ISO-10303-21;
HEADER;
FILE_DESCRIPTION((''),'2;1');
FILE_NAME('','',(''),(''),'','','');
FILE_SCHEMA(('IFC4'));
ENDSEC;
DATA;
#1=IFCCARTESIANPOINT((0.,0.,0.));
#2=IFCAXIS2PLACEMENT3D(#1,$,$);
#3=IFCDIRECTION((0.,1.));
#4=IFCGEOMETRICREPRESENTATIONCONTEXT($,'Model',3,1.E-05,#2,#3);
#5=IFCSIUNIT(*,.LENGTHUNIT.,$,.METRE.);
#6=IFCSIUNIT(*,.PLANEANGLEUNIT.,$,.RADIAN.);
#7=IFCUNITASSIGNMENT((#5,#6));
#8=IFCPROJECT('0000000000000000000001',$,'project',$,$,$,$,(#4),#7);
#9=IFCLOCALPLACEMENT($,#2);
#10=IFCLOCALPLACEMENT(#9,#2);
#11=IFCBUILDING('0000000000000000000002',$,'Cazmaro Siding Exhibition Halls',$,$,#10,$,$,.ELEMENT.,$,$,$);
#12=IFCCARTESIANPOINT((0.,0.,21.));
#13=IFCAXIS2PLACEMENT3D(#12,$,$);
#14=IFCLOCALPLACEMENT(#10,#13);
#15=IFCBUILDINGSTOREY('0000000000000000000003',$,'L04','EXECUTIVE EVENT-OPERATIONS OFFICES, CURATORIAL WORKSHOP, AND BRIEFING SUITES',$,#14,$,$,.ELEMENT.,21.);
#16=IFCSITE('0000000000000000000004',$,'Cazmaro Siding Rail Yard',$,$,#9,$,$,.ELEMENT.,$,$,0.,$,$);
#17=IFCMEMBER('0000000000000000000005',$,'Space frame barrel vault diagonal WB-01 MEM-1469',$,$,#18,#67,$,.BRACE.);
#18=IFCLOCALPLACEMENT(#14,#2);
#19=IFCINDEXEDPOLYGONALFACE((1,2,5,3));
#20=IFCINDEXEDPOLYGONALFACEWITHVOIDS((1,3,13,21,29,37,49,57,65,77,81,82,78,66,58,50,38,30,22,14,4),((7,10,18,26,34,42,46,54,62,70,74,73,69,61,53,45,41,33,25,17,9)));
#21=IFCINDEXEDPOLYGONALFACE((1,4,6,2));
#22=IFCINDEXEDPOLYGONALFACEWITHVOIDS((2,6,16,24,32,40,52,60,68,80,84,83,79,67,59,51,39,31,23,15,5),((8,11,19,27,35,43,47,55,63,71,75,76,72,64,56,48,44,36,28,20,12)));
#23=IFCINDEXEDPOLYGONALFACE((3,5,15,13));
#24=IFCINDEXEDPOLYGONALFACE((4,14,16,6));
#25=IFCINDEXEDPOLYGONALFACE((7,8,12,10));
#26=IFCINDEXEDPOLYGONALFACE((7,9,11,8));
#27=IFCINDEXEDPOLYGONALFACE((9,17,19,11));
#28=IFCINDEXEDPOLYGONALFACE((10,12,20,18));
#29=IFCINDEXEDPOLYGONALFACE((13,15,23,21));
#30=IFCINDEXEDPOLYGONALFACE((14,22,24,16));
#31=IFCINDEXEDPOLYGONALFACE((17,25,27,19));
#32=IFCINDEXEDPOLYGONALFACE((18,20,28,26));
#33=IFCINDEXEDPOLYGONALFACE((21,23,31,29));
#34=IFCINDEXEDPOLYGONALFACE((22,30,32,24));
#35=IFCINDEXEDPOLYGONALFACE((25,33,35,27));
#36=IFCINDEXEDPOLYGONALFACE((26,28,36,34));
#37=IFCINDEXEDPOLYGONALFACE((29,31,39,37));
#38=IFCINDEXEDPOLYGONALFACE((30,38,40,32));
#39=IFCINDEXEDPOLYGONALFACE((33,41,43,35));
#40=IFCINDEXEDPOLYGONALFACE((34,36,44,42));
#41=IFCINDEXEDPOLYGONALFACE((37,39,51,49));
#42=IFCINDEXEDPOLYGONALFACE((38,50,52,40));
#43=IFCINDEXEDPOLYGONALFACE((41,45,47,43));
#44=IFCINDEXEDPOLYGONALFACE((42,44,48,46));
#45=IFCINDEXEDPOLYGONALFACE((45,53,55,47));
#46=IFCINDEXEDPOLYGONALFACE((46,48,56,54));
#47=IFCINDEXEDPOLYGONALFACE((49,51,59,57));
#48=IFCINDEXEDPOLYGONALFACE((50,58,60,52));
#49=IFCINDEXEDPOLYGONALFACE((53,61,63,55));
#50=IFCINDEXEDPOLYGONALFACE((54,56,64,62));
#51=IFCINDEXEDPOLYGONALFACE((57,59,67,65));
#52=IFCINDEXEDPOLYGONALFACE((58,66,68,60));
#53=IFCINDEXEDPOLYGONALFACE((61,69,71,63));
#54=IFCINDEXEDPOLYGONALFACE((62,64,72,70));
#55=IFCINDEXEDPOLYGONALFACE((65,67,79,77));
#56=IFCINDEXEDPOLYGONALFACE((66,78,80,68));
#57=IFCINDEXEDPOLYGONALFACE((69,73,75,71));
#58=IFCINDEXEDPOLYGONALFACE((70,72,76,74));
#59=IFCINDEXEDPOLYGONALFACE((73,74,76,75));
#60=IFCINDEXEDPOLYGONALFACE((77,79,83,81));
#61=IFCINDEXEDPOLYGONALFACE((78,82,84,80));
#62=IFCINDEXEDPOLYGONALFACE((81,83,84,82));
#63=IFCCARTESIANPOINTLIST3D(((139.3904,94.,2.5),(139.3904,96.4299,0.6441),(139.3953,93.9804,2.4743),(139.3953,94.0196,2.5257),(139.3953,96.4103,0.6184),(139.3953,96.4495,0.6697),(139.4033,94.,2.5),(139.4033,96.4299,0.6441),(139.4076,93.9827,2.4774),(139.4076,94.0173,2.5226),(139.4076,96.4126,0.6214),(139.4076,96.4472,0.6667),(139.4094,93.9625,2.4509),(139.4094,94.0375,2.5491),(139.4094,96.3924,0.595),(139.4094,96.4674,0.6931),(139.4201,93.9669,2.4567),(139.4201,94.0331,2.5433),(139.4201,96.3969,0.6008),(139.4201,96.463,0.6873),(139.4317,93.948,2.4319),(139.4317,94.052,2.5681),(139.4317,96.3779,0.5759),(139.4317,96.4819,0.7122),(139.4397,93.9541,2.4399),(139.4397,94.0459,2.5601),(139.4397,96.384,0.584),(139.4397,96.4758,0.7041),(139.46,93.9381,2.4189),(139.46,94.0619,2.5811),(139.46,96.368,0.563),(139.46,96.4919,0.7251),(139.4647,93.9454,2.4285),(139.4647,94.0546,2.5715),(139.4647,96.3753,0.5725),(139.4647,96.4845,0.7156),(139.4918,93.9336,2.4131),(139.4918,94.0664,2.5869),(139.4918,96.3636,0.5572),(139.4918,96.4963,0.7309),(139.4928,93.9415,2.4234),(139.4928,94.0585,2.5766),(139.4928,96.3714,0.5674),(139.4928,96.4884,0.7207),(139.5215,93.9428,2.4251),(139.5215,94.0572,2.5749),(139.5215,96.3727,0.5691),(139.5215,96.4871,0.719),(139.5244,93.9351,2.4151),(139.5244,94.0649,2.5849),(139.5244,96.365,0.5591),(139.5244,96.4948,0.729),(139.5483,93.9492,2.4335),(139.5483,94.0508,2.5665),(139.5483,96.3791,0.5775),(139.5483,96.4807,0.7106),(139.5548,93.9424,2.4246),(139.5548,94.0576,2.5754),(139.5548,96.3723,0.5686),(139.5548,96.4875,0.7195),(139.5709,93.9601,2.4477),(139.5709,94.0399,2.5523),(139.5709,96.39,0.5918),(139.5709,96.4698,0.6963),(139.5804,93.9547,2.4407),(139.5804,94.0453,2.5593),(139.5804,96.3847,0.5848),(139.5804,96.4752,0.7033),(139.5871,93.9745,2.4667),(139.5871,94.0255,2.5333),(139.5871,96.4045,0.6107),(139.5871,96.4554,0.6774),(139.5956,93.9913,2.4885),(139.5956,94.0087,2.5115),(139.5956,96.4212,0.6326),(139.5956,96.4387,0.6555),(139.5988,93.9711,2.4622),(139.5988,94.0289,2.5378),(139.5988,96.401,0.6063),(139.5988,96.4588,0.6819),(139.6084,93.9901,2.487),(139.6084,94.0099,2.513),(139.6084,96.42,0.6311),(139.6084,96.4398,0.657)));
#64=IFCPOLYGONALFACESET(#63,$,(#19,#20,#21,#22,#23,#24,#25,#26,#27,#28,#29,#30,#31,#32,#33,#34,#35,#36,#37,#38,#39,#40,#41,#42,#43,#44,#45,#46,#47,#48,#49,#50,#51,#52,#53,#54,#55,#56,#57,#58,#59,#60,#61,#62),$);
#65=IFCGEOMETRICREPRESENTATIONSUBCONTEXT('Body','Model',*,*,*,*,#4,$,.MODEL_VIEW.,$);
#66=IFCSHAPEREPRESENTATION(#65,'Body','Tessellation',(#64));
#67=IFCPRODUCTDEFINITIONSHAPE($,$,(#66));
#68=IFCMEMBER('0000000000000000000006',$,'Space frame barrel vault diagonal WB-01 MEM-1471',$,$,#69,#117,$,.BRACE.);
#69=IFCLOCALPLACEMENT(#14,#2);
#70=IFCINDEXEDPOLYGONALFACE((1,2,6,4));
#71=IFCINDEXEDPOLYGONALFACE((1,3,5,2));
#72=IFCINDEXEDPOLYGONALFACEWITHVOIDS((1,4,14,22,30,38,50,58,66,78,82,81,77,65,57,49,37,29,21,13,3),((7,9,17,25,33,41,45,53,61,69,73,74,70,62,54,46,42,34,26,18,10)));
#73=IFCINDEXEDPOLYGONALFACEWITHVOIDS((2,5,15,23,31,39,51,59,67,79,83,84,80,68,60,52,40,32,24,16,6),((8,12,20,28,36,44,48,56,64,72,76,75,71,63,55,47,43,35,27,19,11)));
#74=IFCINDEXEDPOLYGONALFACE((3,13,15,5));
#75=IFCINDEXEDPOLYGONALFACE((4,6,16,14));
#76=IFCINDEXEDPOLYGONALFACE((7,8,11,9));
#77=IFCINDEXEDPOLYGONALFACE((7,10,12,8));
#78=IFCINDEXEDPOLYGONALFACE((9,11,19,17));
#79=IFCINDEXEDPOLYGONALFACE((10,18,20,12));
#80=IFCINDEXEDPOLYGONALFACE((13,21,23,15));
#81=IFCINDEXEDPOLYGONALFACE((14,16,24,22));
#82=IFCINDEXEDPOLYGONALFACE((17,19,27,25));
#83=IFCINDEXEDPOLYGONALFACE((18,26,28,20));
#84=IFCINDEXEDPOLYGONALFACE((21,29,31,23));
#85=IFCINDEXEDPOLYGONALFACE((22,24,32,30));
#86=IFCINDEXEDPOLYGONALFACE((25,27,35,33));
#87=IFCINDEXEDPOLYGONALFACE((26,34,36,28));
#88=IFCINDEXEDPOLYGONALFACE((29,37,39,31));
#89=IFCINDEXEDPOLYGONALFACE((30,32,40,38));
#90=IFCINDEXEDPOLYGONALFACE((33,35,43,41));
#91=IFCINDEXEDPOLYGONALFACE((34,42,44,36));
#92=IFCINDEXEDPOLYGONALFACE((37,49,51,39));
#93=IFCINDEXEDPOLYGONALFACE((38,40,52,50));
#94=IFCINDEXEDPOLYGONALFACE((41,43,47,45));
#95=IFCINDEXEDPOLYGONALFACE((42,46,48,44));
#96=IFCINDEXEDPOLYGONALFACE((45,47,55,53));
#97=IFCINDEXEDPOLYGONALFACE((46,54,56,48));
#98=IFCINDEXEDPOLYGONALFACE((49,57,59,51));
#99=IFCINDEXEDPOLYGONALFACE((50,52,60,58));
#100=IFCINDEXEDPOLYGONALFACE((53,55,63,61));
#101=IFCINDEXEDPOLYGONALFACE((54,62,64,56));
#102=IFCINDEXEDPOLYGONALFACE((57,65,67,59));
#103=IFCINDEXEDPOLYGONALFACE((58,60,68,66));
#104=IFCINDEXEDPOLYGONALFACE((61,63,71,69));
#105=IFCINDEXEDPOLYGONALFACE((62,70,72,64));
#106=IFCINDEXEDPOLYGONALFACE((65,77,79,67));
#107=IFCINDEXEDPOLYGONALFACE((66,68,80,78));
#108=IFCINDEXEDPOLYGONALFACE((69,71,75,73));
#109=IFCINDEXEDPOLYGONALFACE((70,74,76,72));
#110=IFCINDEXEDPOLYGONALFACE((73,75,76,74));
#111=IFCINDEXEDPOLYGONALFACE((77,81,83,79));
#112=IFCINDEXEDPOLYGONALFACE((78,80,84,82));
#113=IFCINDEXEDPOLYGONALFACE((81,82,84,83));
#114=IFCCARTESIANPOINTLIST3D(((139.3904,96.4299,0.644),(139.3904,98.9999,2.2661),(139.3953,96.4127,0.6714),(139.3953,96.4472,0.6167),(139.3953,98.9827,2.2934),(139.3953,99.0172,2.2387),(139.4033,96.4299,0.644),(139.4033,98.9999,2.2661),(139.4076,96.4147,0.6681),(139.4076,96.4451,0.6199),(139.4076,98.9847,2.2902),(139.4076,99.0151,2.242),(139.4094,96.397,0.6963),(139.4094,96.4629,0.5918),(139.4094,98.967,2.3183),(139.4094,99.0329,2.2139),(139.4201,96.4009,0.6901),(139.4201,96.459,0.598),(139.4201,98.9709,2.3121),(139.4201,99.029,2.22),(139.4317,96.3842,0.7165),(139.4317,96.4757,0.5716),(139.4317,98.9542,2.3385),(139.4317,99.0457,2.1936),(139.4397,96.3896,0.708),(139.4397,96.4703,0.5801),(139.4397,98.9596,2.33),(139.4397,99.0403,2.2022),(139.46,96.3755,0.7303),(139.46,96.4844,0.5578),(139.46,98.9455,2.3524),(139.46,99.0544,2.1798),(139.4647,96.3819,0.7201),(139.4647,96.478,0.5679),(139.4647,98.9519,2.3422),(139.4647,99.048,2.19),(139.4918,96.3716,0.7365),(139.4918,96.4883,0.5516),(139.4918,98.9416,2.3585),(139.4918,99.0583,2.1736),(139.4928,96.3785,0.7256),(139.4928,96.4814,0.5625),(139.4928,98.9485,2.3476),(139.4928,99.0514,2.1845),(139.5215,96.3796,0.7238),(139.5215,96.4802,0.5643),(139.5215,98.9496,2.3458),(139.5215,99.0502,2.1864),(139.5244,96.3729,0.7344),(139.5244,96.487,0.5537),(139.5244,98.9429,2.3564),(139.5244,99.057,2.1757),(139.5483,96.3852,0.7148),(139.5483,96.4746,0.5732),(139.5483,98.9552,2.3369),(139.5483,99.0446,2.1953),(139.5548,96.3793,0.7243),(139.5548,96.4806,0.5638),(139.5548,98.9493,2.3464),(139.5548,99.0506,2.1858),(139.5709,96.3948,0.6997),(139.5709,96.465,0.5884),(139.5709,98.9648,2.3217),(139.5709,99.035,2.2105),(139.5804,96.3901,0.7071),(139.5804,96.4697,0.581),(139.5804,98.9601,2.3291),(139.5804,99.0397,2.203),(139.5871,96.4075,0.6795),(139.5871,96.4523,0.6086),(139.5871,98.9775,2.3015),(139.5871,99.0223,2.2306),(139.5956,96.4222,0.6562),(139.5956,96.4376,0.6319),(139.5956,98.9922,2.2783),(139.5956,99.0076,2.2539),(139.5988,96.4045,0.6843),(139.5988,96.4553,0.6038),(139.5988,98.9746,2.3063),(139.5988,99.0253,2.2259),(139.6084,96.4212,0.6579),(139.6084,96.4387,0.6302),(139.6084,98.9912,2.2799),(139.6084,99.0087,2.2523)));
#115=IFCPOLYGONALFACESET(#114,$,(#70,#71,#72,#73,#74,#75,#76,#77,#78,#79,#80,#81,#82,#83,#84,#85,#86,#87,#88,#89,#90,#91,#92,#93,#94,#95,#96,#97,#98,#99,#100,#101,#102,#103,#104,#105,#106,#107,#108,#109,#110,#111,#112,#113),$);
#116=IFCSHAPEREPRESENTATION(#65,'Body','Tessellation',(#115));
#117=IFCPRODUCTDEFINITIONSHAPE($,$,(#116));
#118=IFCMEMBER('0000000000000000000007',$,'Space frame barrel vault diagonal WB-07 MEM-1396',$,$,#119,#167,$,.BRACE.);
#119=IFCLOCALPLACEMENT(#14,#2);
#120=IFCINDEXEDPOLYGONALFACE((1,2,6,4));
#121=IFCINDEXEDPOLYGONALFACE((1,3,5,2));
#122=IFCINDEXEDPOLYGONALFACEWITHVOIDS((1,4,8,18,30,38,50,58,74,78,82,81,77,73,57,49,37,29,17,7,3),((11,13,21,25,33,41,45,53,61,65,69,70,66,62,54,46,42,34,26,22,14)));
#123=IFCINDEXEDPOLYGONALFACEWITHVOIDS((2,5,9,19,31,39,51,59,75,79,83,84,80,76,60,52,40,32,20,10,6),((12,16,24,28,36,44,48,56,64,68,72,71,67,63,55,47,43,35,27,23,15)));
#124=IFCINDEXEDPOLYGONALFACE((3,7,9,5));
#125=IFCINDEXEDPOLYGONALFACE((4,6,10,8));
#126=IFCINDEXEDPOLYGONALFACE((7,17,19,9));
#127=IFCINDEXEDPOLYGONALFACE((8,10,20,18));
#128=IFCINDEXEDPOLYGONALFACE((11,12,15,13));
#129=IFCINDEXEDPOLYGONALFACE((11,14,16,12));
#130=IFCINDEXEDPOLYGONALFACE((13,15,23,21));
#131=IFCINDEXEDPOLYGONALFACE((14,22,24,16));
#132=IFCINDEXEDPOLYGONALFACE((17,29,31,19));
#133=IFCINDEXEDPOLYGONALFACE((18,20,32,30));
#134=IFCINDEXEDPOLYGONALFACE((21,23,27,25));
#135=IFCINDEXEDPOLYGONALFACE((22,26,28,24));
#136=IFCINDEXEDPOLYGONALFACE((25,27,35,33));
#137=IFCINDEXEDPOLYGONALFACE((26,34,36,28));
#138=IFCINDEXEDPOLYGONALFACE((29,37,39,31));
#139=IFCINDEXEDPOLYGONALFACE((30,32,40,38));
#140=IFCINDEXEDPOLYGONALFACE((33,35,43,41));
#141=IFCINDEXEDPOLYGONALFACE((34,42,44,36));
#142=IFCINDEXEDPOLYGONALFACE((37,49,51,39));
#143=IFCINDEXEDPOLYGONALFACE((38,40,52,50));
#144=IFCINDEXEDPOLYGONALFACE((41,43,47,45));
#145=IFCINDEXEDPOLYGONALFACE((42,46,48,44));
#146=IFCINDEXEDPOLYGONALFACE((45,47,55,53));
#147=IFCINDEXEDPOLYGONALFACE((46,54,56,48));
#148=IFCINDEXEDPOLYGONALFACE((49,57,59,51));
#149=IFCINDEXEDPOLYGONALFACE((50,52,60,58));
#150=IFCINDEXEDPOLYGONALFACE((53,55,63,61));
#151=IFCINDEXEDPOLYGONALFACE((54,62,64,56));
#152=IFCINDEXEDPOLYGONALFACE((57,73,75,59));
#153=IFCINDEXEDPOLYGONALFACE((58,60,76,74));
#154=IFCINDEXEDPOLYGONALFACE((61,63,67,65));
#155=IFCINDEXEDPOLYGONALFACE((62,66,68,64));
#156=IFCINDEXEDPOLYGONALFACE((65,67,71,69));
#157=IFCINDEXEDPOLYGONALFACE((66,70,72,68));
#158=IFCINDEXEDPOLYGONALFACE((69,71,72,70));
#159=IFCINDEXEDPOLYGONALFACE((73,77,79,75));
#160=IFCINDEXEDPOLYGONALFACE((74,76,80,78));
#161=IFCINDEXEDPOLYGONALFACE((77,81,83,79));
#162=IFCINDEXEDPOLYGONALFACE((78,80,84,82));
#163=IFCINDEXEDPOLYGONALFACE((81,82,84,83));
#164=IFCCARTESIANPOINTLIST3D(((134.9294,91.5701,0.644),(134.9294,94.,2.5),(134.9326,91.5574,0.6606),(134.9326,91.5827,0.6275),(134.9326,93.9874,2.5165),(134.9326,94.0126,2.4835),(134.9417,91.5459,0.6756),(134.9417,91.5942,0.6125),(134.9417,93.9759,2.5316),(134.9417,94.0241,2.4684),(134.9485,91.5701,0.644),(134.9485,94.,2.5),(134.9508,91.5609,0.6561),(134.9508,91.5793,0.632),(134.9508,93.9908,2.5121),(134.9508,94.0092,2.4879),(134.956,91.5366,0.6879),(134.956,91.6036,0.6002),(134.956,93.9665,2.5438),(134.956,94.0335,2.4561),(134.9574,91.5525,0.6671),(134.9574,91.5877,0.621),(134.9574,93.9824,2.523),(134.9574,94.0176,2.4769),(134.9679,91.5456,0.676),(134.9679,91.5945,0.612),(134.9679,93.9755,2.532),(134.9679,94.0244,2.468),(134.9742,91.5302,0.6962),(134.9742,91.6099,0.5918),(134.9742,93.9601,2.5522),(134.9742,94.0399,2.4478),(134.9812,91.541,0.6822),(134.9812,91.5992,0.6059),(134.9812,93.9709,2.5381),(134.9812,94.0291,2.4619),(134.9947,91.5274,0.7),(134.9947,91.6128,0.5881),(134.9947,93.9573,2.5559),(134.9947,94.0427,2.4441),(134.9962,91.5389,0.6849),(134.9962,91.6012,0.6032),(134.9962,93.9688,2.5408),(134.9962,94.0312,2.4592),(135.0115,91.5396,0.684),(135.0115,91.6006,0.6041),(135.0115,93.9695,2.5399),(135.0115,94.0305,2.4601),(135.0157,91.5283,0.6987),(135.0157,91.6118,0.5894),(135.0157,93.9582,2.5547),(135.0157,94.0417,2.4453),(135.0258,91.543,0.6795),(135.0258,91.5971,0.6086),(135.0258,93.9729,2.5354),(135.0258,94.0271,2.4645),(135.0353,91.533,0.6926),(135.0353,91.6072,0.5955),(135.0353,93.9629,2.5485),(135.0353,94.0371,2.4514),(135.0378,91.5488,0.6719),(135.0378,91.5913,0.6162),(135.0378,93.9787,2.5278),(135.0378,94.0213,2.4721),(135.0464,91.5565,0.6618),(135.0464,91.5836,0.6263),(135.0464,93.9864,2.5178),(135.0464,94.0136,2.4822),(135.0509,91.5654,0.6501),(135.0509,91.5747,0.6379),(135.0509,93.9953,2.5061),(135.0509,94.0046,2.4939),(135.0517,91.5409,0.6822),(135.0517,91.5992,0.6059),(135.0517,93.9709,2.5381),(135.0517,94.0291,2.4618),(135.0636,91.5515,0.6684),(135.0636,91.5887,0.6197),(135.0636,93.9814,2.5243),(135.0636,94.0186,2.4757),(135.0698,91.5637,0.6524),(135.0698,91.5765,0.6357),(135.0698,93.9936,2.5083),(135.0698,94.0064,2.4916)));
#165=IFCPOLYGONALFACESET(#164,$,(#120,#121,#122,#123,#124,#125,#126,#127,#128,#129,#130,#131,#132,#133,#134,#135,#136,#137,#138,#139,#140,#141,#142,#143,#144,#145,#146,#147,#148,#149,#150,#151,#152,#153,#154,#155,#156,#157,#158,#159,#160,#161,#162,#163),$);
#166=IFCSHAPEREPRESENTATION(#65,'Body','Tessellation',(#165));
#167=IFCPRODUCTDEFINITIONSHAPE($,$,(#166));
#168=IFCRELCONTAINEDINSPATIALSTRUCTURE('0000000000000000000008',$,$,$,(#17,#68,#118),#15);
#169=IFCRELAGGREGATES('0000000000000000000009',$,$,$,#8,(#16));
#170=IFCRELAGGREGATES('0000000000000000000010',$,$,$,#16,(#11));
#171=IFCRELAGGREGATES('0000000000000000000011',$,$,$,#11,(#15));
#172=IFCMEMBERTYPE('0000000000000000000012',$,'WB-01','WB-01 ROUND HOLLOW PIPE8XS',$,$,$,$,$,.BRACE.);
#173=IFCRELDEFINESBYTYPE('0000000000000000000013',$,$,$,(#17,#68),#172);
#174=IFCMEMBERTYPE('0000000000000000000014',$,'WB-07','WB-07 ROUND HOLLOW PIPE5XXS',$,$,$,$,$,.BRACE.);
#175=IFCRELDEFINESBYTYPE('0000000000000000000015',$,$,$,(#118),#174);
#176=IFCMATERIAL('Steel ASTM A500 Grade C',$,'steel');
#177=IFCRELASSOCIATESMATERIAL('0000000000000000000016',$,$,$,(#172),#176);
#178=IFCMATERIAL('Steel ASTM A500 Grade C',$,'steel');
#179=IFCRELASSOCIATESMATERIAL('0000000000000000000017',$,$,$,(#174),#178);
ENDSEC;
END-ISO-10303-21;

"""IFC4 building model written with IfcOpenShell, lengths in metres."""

from ifc_helpers import new_model, si_unit, direction, frame, origin, origin_2d, place, context, subcontext, project, spatial, hollow_circle, extrude, material, material_profile, profile_set, type_object, element, save


model = new_model("IFC4")

# Units and contexts
model_context = context("Model", 3, precision=1e-05, world=origin(), true_north=direction((0.0, 1.0)))
body_context = subcontext(model_context, "Body", "Model", "MODEL_VIEW")
ifc_project = project(units=[si_unit("LENGTHUNIT", "METRE"), si_unit("PLANEANGLEUNIT", "RADIAN")], contexts=[model_context])

# Site, building, storey
site_placement = place(None, origin())
site = spatial("IfcSite", under=ifc_project, at=site_placement, Name="Cazmaro Siding Rail Yard", CompositionType="ELEMENT", RefElevation=0.0)
building_placement = place(site_placement, origin())
building = spatial("IfcBuilding", under=site, at=building_placement, Name="Cazmaro Siding Exhibition Halls", CompositionType="ELEMENT")
storey_placement = place(building_placement, frame((0.0, 0.0, 21.0)))
storey = spatial("IfcBuildingStorey", under=building, at=storey_placement, Name="L04", Description="EXECUTIVE EVENT-OPERATIONS OFFICES, CURATORIAL WORKSHOP, AND BRIEFING SUITES", CompositionType="ELEMENT", Elevation=21.0)

# Members
ifc_material_1 = material(Name="Steel ASTM A500 Grade C", Category="steel")
ifc_material_profile_1 = material_profile(ifc_material_1, hollow_circle(Radius=0.1096, WallThickness=0.0129, at=origin_2d()), Name="PIPE8XS")
ifc_profile_set_1 = profile_set([ifc_material_profile_1], Name="Steel ASTM A500 Grade C")
member_type_1 = type_object("IfcMemberType", Name="WB-01", Description="WB-01 ROUND HOLLOW PIPE8XS", PredefinedType="BRACE", material=ifc_profile_set_1)
member_1_placement = place(storey_placement, frame((139.5, 94.0, 2.5), z_axis=(0.0, 0.794709, -0.606991), x_axis=(-1.0, 0.0, 0.0)))
element("IfcMember", 1, at=member_1_placement, inside=storey, type_object=member_type_1, Name="Space frame barrel vault diagonal WB-01 MEM-1469", PredefinedType="BRACE", context=body_context, shape_type="SweptSolid", body=[
    extrude(hollow_circle(Radius=0.1096, WallThickness=0.0129, at=origin_2d()), origin(), (0.0, 0.0, 1.0), 3.0576),
])
member_2_placement = place(storey_placement, frame((139.5, 96.4299, 0.644), z_axis=(0.0, 0.845657, 0.533727), x_axis=(-1.0, 0.0, 0.0)))
element("IfcMember", 2, at=member_2_placement, inside=storey, type_object=member_type_1, Name="Space frame barrel vault diagonal WB-01 MEM-1471", PredefinedType="BRACE", context=body_context, shape_type="SweptSolid", body=[
    extrude(hollow_circle(Radius=0.1096, WallThickness=0.0129, at=origin_2d()), origin(), (0.0, 0.0, 1.0), 3.0391),
])
ifc_material_2 = material(Name="Steel ASTM A500 Grade C", Category="steel")
ifc_material_profile_2 = material_profile(ifc_material_2, hollow_circle(Radius=0.0706, WallThickness=0.019, at=origin_2d()), Name="PIPE5XXS")
ifc_profile_set_2 = profile_set([ifc_material_profile_2], Name="Steel ASTM A500 Grade C")
member_type_2 = type_object("IfcMemberType", Name="WB-07", Description="WB-07 ROUND HOLLOW PIPE5XXS", PredefinedType="BRACE", material=ifc_profile_set_2)
for number, where, z_axis, x_axis, name in (
    (3, (135.0, 91.5701, 0.644), (0.0, 0.794709, 0.606991), (-1.0, 0.0, 0.0), "Space frame barrel vault diagonal WB-07 MEM-1396"),
):
    element("IfcMember", number, at=place(storey_placement, frame(where, z_axis=z_axis, x_axis=x_axis)), inside=storey, type_object=member_type_2, Name=name, PredefinedType="BRACE", context=body_context, shape_type="SweptSolid", body=[
        extrude(hollow_circle(Radius=0.0706, WallThickness=0.019, at=origin_2d()), origin(), (0.0, 0.0, 1.0), 3.0576),
    ])

save(model, "model.ifc")
